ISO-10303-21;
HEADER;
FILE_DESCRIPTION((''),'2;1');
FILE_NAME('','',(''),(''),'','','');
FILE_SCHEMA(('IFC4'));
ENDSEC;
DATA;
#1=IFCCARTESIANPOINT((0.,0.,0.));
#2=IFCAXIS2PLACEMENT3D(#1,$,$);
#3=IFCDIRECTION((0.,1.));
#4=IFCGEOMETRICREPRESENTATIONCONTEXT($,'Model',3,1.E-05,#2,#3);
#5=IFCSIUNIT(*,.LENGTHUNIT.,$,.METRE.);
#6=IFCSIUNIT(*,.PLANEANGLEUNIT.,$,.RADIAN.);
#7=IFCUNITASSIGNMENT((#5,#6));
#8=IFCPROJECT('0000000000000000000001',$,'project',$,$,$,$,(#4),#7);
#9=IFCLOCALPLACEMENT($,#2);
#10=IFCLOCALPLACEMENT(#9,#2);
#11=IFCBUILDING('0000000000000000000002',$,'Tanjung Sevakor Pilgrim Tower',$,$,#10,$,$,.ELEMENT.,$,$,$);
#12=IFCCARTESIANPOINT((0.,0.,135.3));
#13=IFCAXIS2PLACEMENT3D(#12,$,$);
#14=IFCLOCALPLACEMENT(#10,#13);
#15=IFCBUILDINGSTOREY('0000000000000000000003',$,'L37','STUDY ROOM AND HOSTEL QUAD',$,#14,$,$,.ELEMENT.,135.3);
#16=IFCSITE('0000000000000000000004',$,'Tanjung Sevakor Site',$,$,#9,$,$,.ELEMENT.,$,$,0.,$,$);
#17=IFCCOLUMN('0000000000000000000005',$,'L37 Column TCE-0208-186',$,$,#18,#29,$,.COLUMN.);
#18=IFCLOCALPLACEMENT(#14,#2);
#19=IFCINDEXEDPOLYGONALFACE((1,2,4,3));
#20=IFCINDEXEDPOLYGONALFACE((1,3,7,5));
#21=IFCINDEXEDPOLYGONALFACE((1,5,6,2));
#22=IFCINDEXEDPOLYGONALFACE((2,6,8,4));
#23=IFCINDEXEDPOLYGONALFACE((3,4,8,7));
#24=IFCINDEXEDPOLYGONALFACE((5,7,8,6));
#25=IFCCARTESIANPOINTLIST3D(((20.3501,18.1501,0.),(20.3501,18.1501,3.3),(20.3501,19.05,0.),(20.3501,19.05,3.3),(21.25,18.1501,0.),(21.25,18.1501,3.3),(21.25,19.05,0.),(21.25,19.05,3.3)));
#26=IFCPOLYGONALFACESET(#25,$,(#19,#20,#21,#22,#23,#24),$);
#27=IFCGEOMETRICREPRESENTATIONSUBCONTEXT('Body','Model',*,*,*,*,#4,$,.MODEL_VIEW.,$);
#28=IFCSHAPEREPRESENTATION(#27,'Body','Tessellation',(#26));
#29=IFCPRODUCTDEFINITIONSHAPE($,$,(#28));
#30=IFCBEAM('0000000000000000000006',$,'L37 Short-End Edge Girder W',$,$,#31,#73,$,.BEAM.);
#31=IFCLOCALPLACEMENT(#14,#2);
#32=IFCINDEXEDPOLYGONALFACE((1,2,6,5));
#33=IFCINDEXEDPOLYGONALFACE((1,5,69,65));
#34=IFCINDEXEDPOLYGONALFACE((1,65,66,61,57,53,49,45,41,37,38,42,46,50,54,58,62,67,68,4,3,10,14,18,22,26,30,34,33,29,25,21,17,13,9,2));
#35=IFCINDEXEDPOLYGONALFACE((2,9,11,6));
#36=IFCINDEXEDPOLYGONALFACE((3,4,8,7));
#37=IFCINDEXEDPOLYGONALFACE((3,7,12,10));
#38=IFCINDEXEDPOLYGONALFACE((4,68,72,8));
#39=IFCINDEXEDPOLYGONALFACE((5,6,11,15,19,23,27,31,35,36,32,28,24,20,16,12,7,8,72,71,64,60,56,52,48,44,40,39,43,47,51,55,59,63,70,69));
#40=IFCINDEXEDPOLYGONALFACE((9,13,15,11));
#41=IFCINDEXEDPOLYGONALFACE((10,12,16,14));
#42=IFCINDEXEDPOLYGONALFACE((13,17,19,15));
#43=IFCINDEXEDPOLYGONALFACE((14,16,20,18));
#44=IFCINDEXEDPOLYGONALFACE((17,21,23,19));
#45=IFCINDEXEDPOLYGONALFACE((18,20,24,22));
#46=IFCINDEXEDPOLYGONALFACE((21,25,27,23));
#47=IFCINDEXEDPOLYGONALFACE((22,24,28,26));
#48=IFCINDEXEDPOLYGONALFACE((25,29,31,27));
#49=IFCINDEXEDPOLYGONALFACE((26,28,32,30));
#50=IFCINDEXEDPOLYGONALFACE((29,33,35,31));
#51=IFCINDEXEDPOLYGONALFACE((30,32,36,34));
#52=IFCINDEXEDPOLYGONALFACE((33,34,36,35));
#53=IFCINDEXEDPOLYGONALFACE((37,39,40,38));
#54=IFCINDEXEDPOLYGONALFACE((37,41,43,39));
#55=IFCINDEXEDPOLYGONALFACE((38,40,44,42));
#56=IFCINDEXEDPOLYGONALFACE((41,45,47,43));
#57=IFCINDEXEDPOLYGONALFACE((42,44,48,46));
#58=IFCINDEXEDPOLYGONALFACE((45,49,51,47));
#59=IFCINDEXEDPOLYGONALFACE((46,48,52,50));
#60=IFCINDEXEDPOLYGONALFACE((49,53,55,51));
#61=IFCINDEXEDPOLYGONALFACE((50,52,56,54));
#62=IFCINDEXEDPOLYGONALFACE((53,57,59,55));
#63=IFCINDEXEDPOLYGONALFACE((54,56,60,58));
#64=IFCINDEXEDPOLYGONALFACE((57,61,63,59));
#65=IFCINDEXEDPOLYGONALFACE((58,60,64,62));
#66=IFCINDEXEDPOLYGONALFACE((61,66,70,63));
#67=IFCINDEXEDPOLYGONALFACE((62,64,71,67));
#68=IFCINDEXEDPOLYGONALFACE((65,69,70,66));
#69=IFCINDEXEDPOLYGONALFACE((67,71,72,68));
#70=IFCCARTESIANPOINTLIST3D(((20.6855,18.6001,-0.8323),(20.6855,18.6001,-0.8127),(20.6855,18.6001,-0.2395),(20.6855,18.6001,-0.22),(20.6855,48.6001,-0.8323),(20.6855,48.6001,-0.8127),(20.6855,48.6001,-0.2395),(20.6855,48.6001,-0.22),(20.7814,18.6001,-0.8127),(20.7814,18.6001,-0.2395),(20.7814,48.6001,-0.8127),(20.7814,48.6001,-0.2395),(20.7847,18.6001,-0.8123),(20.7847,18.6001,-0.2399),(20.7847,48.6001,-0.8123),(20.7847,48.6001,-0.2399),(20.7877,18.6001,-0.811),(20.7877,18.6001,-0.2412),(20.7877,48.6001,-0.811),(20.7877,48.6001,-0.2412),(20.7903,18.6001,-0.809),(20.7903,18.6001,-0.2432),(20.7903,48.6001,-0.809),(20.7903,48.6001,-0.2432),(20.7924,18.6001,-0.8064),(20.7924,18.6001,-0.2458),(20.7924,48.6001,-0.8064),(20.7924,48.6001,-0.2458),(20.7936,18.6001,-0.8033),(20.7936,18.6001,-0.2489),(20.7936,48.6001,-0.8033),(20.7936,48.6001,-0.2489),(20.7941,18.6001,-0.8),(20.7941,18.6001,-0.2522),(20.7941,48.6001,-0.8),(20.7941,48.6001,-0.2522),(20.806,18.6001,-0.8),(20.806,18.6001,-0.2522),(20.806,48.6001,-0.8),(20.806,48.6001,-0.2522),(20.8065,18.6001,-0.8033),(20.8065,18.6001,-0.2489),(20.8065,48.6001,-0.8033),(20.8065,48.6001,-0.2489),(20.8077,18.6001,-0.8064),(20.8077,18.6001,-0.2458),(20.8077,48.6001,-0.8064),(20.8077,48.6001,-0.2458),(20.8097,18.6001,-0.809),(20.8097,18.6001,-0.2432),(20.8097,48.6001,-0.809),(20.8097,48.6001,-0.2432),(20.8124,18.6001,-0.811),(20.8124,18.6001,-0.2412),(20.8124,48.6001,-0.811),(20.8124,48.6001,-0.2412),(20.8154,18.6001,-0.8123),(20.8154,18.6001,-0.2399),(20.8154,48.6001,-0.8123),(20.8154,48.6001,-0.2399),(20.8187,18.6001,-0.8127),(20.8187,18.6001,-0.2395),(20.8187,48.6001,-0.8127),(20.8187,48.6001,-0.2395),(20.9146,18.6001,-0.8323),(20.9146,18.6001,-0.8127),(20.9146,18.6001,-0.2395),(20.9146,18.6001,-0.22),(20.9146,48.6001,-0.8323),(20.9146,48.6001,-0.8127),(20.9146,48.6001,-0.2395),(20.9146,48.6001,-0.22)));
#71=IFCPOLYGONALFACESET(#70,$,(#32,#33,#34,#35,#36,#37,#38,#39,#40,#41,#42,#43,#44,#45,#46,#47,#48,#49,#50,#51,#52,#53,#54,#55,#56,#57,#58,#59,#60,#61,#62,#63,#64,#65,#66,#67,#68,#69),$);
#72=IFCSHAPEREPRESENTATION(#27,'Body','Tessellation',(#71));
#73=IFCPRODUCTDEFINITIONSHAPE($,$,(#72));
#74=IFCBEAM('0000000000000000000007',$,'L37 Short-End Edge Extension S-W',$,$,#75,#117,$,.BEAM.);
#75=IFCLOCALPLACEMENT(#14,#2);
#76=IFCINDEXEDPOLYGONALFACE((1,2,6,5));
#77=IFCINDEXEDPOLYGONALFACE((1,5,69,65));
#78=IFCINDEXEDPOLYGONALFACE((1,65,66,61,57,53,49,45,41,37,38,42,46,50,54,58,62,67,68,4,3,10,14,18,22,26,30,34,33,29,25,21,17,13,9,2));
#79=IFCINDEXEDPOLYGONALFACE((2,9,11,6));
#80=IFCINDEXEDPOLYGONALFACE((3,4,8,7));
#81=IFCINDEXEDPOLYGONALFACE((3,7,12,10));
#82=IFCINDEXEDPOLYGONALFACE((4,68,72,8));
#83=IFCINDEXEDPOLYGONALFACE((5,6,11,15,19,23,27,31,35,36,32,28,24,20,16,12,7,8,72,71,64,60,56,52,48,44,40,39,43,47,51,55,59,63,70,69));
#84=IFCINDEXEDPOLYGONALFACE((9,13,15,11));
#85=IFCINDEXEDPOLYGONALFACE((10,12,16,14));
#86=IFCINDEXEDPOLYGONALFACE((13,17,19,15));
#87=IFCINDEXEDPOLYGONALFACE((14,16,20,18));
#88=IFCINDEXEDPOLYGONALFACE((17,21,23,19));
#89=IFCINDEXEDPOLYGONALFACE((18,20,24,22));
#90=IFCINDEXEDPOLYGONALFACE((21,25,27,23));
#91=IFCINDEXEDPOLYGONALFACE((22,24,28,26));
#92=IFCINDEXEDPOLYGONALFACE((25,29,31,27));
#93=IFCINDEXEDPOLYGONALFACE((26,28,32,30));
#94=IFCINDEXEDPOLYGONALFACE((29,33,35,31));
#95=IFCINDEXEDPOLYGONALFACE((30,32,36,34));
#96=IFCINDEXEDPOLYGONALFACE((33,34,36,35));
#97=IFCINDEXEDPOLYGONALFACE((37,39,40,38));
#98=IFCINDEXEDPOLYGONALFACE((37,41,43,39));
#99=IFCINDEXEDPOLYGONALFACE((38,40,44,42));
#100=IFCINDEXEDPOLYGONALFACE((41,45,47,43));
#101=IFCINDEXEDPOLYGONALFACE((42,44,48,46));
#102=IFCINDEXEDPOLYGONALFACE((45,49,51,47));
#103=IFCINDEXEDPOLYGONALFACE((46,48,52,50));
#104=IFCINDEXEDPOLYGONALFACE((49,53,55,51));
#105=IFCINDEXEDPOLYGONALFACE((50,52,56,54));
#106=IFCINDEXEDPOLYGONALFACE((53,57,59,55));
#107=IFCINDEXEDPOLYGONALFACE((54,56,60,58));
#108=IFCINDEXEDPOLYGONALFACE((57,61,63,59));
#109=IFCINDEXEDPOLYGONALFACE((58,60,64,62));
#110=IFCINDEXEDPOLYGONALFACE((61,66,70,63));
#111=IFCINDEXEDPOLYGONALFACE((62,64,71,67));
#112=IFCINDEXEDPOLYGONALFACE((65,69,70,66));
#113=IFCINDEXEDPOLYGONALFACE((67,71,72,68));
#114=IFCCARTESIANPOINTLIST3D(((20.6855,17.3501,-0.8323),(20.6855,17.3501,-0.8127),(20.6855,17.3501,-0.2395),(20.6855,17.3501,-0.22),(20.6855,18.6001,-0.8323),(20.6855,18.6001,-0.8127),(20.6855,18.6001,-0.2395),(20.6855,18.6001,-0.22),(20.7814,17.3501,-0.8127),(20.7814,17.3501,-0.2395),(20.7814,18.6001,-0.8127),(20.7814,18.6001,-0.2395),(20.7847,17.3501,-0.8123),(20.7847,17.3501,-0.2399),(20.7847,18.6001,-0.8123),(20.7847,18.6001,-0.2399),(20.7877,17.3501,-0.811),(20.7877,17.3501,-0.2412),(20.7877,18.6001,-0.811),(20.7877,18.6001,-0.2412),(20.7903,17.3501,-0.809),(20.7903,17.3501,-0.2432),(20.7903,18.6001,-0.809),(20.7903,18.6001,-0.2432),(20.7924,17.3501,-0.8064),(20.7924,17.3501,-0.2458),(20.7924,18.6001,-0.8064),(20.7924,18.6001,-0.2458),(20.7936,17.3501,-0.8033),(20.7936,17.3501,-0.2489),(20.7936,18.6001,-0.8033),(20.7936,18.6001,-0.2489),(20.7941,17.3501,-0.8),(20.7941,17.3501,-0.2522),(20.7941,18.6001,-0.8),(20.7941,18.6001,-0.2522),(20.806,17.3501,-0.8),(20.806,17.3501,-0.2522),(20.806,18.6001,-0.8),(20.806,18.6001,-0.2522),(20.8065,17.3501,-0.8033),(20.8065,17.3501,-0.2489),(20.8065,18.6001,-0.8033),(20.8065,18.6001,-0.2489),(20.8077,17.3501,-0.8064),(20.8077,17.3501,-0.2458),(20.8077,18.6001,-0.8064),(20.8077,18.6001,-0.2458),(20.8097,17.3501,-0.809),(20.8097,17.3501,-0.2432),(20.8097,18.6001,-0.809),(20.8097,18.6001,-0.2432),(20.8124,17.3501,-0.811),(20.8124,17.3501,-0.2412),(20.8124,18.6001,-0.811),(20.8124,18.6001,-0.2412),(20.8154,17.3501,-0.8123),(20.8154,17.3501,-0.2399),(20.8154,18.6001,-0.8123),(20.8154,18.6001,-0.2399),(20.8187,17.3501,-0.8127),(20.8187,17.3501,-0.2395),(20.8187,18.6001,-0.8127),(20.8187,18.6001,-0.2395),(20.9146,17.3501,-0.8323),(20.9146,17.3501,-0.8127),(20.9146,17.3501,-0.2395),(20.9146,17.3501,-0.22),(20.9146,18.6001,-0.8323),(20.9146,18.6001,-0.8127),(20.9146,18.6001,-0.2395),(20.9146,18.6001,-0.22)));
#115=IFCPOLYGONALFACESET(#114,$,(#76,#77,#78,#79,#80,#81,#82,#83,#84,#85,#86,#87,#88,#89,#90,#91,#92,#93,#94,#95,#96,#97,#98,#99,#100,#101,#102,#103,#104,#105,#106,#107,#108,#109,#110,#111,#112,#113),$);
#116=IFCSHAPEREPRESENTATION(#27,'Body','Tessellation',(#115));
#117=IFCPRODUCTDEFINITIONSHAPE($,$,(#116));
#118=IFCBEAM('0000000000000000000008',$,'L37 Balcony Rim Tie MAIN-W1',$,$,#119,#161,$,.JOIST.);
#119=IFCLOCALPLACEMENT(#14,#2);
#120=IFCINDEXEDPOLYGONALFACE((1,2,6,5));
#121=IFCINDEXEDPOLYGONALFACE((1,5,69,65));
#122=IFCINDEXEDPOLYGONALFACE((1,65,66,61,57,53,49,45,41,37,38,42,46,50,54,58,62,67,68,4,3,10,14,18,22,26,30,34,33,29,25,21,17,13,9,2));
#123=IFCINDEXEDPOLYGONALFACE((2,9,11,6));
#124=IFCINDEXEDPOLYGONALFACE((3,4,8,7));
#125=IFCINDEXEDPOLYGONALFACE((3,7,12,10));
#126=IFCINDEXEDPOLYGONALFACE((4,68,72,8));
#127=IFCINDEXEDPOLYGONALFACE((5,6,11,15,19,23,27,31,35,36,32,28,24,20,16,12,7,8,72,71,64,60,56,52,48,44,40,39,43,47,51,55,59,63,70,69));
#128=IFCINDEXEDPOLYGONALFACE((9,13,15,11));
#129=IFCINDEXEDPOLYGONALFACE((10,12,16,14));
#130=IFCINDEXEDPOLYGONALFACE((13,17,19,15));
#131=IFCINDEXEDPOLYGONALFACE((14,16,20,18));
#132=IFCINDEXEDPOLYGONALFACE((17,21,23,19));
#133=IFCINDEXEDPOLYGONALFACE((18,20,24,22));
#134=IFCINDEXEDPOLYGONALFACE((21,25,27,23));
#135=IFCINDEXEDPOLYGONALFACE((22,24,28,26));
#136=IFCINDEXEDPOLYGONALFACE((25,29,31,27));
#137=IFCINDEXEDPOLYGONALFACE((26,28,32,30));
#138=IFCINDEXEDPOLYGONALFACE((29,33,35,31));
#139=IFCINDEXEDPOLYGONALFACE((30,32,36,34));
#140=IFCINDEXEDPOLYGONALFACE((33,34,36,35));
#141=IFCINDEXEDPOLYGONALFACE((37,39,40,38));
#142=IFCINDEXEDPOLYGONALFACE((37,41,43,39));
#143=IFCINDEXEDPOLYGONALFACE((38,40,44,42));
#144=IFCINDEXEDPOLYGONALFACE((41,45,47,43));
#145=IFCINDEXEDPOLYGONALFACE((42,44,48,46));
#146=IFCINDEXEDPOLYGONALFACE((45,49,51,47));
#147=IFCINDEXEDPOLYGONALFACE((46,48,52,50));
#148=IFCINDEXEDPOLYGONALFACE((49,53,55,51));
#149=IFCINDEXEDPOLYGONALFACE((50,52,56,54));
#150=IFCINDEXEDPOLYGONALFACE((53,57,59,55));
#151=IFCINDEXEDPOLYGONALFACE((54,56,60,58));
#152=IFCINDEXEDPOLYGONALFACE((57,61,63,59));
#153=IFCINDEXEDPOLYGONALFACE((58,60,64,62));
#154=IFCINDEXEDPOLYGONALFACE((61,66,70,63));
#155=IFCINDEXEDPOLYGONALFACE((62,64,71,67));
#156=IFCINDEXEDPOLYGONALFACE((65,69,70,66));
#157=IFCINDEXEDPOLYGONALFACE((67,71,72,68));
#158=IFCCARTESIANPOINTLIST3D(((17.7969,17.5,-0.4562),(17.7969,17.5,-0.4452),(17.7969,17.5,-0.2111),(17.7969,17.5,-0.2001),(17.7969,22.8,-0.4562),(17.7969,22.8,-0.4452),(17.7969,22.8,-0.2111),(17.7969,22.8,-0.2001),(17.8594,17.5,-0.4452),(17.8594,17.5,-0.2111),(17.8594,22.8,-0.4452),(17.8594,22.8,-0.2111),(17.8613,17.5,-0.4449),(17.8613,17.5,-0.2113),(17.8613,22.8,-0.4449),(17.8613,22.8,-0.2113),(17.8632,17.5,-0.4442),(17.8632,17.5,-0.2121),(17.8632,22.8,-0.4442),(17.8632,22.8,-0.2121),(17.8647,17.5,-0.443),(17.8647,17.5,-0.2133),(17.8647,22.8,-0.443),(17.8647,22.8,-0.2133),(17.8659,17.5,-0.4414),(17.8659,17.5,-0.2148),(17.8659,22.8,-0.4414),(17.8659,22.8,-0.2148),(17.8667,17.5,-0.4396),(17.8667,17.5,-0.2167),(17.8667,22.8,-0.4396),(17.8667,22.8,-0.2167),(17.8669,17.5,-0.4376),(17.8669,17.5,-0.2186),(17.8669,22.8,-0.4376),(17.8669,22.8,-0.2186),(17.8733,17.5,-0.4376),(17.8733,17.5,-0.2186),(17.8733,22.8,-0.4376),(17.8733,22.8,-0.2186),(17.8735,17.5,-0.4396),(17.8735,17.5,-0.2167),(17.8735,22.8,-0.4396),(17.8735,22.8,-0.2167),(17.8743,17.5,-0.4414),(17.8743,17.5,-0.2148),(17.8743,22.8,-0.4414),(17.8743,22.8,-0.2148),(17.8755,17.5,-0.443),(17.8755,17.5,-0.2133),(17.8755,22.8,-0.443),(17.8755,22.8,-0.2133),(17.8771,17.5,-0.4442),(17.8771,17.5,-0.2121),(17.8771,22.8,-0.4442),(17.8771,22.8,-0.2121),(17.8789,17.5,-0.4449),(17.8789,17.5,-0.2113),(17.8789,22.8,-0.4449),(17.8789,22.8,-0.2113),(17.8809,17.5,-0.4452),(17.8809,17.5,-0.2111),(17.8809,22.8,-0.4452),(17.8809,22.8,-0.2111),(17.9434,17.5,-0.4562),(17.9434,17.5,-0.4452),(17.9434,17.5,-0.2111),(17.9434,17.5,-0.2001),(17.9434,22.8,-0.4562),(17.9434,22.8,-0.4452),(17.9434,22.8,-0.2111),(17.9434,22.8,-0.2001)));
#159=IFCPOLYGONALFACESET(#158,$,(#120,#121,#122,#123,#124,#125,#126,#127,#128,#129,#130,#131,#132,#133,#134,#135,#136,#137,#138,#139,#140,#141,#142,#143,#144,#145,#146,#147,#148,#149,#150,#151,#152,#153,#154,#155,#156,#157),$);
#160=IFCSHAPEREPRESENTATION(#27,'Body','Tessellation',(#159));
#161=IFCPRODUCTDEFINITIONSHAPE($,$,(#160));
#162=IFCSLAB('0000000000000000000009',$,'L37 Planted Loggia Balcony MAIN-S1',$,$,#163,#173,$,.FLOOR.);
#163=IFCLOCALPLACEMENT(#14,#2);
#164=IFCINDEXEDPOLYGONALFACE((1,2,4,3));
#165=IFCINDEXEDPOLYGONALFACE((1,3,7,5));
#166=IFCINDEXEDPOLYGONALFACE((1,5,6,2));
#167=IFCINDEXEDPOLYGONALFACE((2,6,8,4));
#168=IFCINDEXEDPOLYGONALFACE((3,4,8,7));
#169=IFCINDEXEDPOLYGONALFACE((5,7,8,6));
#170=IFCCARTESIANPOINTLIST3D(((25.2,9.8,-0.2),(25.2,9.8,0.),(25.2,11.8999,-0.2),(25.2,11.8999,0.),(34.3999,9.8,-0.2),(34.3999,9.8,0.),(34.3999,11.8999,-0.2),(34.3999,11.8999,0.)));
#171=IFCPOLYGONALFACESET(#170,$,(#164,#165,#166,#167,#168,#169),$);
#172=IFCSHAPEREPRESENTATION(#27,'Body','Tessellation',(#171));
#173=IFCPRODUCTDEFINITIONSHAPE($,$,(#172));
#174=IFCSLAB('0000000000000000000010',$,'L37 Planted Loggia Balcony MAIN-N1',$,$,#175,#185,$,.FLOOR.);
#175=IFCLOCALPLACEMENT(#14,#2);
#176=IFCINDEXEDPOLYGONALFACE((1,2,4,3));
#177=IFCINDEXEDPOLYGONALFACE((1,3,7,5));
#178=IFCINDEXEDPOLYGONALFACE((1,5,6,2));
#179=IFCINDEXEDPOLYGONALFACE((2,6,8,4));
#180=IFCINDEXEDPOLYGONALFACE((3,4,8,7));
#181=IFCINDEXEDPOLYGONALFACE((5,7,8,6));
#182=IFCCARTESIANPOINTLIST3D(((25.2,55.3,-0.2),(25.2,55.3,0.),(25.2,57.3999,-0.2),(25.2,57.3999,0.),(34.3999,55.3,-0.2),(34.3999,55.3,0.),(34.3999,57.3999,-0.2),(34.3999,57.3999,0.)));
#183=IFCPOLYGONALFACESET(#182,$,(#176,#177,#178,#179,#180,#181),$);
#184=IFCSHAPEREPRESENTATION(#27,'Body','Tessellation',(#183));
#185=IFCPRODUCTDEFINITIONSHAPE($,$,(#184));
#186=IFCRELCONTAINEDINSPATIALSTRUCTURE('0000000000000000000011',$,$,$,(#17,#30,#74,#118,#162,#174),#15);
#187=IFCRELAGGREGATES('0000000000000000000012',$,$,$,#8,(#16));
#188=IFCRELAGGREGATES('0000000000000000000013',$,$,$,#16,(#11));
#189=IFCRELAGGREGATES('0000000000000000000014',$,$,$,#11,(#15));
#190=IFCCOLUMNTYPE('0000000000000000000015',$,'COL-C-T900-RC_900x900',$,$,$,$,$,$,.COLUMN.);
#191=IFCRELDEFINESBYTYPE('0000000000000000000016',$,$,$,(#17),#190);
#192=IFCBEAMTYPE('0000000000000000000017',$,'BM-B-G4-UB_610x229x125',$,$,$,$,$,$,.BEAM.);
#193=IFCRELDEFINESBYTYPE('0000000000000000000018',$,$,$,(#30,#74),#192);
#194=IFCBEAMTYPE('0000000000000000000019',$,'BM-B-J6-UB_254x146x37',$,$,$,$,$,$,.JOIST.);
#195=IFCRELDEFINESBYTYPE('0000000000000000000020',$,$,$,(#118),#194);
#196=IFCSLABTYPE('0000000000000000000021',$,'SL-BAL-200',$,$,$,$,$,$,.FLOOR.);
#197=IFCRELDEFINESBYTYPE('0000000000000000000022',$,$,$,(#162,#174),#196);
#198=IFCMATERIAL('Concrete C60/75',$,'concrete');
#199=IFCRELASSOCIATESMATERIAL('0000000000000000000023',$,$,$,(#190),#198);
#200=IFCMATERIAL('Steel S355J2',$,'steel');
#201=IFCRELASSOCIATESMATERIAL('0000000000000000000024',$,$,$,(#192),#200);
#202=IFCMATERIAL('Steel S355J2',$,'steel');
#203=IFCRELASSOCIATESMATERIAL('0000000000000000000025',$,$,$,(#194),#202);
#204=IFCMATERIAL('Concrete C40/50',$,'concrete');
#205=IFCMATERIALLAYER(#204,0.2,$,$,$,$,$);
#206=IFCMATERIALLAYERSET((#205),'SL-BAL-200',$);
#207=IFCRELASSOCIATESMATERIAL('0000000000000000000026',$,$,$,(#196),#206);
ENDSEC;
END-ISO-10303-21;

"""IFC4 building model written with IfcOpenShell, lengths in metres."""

from ifc_helpers import new_model, si_unit, direction, frame, origin, origin_2d, place, context, subcontext, project, spatial, polyline, rectangle, i_section, outline, extrude, material, layer, layer_set, material_profile, profile_set, type_object, element, save


model = new_model("IFC4")

# Units and contexts
model_context = context("Model", 3, precision=1e-05, world=origin(), true_north=direction((0.0, 1.0)))
body_context = subcontext(model_context, "Body", "Model", "MODEL_VIEW")
ifc_project = project(units=[si_unit("LENGTHUNIT", "METRE"), si_unit("PLANEANGLEUNIT", "RADIAN")], contexts=[model_context])

# Site, building, storey
site_placement = place(None, origin())
site = spatial("IfcSite", under=ifc_project, at=site_placement, Name="Tanjung Sevakor Site", CompositionType="ELEMENT", RefElevation=0.0)
building_placement = place(site_placement, origin())
building = spatial("IfcBuilding", under=site, at=building_placement, Name="Tanjung Sevakor Pilgrim Tower", CompositionType="ELEMENT")
storey_placement = place(building_placement, frame((0.0, 0.0, 135.3)))
storey = spatial("IfcBuildingStorey", under=building, at=storey_placement, Name="L37", Description="STUDY ROOM AND HOSTEL QUAD", CompositionType="ELEMENT", Elevation=135.3)

# Column
ifc_material_1 = material(Name="Concrete C60/75", Category="concrete")
ifc_material_profile_1 = material_profile(ifc_material_1, rectangle(XDim=0.8999, YDim=0.8999, at=origin_2d()))
ifc_profile_set_1 = profile_set([ifc_material_profile_1], Name="Concrete C60/75")
column_type = type_object("IfcColumnType", Name="COL-C-T900-RC_900x900", PredefinedType="COLUMN", material=ifc_profile_set_1)
column_placement = place(storey_placement, frame((20.8, 18.6001, 0.0), z_axis=(0.0, 0.0, 1.0), x_axis=(1.0, 0.0, 0.0)))
element("IfcColumn", 1, at=column_placement, inside=storey, type_object=column_type, Name="L37 Column TCE-0208-186", PredefinedType="COLUMN", context=body_context, shape_type="SweptSolid", body=[
    extrude(rectangle(XDim=0.8999, YDim=0.8999, at=origin_2d()), origin(), (0.0, 0.0, 1.0), 3.3),
])

# Beams
ifc_material_2 = material(Name="Steel S355J2", Category="steel")
ifc_material_profile_2 = material_profile(ifc_material_2, i_section(OverallWidth=0.229, OverallDepth=0.6123, WebThickness=0.012, FlangeThickness=0.0195, FilletRadius=0.0127, at=origin_2d()))
ifc_profile_set_2 = profile_set([ifc_material_profile_2], Name="Steel S355J2")
beam_type_1 = type_object("IfcBeamType", Name="BM-B-G4-UB_610x229x125", PredefinedType="BEAM", material=ifc_profile_set_2)
beam_1_placement = place(storey_placement, frame((20.8, 18.6001, -0.5261), z_axis=(0.0, 1.0, 0.0), x_axis=(-1.0, 0.0, 0.0)))
element("IfcBeam", 2, at=beam_1_placement, inside=storey, type_object=beam_type_1, Name="L37 Short-End Edge Girder W", PredefinedType="BEAM", context=body_context, shape_type="SweptSolid", body=[
    extrude(i_section(OverallWidth=0.229, OverallDepth=0.6123, WebThickness=0.012, FlangeThickness=0.0195, FilletRadius=0.0127, at=origin_2d()), origin(), (0.0, 0.0, 1.0), 30.0),
])
beam_2_placement = place(storey_placement, frame((20.8, 18.6001, -0.5261), z_axis=(0.0, -1.0, 0.0), x_axis=(1.0, 0.0, 0.0)))
element("IfcBeam", 3, at=beam_2_placement, inside=storey, type_object=beam_type_1, Name="L37 Short-End Edge Extension S-W", PredefinedType="BEAM", context=body_context, shape_type="SweptSolid", body=[
    extrude(i_section(OverallWidth=0.229, OverallDepth=0.6123, WebThickness=0.012, FlangeThickness=0.0195, FilletRadius=0.0127, at=origin_2d()), origin(), (0.0, 0.0, 1.0), 1.25),
])
ifc_material_3 = material(Name="Steel S355J2", Category="steel")
ifc_material_profile_3 = material_profile(ifc_material_3, i_section(OverallWidth=0.1465, OverallDepth=0.2561, WebThickness=0.0063, FlangeThickness=0.011, FilletRadius=0.0076, at=origin_2d()))
ifc_profile_set_3 = profile_set([ifc_material_profile_3], Name="Steel S355J2")
beam_type_2 = type_object("IfcBeamType", Name="BM-B-J6-UB_254x146x37", PredefinedType="JOIST", material=ifc_profile_set_3)
beam_3_placement = place(storey_placement, frame((17.8701, 17.5, -0.3281), z_axis=(0.0, 1.0, 0.0), x_axis=(-1.0, 0.0, 0.0)))
element("IfcBeam", 4, at=beam_3_placement, inside=storey, type_object=beam_type_2, Name="L37 Balcony Rim Tie MAIN-W1", PredefinedType="JOIST", context=body_context, shape_type="SweptSolid", body=[
    extrude(i_section(OverallWidth=0.1465, OverallDepth=0.2561, WebThickness=0.0063, FlangeThickness=0.011, FilletRadius=0.0076, at=origin_2d()), origin(), (0.0, 0.0, 1.0), 5.3),
])

# Slabs
ifc_material_4 = material(Name="Concrete C40/50", Category="concrete")
ifc_layer_1 = layer(ifc_material_4, 0.2)
ifc_layer_set_1 = layer_set([ifc_layer_1], Name="SL-BAL-200")
slab_type_1 = type_object("IfcSlabType", Name="SL-BAL-200", PredefinedType="FLOOR", material=ifc_layer_set_1)
slab_1_placement = place(storey_placement, frame((0.0, 0.0, -0.2)))
element("IfcSlab", 5, at=slab_1_placement, inside=storey, type_object=slab_type_1, Name="L37 Planted Loggia Balcony MAIN-S1", PredefinedType="FLOOR", context=body_context, shape_type="SweptSolid", body=[
    extrude(outline(polyline([(25.2, 9.8), (34.3999, 9.8), (34.3999, 11.8999), (25.2, 11.8999), (25.2, 9.8)])), origin(), (0.0, 0.0, 1.0), 0.2),
])
slab_2_placement = place(storey_placement, frame((0.0, 0.0, -0.2)))
element("IfcSlab", 6, at=slab_2_placement, inside=storey, type_object=slab_type_1, Name="L37 Planted Loggia Balcony MAIN-N1", PredefinedType="FLOOR", context=body_context, shape_type="SweptSolid", body=[
    extrude(outline(polyline([(25.2, 55.3), (34.3999, 55.3), (34.3999, 57.3999), (25.2, 57.3999), (25.2, 55.3)])), origin(), (0.0, 0.0, 1.0), 0.2),
])

save(model, "model.ifc")
